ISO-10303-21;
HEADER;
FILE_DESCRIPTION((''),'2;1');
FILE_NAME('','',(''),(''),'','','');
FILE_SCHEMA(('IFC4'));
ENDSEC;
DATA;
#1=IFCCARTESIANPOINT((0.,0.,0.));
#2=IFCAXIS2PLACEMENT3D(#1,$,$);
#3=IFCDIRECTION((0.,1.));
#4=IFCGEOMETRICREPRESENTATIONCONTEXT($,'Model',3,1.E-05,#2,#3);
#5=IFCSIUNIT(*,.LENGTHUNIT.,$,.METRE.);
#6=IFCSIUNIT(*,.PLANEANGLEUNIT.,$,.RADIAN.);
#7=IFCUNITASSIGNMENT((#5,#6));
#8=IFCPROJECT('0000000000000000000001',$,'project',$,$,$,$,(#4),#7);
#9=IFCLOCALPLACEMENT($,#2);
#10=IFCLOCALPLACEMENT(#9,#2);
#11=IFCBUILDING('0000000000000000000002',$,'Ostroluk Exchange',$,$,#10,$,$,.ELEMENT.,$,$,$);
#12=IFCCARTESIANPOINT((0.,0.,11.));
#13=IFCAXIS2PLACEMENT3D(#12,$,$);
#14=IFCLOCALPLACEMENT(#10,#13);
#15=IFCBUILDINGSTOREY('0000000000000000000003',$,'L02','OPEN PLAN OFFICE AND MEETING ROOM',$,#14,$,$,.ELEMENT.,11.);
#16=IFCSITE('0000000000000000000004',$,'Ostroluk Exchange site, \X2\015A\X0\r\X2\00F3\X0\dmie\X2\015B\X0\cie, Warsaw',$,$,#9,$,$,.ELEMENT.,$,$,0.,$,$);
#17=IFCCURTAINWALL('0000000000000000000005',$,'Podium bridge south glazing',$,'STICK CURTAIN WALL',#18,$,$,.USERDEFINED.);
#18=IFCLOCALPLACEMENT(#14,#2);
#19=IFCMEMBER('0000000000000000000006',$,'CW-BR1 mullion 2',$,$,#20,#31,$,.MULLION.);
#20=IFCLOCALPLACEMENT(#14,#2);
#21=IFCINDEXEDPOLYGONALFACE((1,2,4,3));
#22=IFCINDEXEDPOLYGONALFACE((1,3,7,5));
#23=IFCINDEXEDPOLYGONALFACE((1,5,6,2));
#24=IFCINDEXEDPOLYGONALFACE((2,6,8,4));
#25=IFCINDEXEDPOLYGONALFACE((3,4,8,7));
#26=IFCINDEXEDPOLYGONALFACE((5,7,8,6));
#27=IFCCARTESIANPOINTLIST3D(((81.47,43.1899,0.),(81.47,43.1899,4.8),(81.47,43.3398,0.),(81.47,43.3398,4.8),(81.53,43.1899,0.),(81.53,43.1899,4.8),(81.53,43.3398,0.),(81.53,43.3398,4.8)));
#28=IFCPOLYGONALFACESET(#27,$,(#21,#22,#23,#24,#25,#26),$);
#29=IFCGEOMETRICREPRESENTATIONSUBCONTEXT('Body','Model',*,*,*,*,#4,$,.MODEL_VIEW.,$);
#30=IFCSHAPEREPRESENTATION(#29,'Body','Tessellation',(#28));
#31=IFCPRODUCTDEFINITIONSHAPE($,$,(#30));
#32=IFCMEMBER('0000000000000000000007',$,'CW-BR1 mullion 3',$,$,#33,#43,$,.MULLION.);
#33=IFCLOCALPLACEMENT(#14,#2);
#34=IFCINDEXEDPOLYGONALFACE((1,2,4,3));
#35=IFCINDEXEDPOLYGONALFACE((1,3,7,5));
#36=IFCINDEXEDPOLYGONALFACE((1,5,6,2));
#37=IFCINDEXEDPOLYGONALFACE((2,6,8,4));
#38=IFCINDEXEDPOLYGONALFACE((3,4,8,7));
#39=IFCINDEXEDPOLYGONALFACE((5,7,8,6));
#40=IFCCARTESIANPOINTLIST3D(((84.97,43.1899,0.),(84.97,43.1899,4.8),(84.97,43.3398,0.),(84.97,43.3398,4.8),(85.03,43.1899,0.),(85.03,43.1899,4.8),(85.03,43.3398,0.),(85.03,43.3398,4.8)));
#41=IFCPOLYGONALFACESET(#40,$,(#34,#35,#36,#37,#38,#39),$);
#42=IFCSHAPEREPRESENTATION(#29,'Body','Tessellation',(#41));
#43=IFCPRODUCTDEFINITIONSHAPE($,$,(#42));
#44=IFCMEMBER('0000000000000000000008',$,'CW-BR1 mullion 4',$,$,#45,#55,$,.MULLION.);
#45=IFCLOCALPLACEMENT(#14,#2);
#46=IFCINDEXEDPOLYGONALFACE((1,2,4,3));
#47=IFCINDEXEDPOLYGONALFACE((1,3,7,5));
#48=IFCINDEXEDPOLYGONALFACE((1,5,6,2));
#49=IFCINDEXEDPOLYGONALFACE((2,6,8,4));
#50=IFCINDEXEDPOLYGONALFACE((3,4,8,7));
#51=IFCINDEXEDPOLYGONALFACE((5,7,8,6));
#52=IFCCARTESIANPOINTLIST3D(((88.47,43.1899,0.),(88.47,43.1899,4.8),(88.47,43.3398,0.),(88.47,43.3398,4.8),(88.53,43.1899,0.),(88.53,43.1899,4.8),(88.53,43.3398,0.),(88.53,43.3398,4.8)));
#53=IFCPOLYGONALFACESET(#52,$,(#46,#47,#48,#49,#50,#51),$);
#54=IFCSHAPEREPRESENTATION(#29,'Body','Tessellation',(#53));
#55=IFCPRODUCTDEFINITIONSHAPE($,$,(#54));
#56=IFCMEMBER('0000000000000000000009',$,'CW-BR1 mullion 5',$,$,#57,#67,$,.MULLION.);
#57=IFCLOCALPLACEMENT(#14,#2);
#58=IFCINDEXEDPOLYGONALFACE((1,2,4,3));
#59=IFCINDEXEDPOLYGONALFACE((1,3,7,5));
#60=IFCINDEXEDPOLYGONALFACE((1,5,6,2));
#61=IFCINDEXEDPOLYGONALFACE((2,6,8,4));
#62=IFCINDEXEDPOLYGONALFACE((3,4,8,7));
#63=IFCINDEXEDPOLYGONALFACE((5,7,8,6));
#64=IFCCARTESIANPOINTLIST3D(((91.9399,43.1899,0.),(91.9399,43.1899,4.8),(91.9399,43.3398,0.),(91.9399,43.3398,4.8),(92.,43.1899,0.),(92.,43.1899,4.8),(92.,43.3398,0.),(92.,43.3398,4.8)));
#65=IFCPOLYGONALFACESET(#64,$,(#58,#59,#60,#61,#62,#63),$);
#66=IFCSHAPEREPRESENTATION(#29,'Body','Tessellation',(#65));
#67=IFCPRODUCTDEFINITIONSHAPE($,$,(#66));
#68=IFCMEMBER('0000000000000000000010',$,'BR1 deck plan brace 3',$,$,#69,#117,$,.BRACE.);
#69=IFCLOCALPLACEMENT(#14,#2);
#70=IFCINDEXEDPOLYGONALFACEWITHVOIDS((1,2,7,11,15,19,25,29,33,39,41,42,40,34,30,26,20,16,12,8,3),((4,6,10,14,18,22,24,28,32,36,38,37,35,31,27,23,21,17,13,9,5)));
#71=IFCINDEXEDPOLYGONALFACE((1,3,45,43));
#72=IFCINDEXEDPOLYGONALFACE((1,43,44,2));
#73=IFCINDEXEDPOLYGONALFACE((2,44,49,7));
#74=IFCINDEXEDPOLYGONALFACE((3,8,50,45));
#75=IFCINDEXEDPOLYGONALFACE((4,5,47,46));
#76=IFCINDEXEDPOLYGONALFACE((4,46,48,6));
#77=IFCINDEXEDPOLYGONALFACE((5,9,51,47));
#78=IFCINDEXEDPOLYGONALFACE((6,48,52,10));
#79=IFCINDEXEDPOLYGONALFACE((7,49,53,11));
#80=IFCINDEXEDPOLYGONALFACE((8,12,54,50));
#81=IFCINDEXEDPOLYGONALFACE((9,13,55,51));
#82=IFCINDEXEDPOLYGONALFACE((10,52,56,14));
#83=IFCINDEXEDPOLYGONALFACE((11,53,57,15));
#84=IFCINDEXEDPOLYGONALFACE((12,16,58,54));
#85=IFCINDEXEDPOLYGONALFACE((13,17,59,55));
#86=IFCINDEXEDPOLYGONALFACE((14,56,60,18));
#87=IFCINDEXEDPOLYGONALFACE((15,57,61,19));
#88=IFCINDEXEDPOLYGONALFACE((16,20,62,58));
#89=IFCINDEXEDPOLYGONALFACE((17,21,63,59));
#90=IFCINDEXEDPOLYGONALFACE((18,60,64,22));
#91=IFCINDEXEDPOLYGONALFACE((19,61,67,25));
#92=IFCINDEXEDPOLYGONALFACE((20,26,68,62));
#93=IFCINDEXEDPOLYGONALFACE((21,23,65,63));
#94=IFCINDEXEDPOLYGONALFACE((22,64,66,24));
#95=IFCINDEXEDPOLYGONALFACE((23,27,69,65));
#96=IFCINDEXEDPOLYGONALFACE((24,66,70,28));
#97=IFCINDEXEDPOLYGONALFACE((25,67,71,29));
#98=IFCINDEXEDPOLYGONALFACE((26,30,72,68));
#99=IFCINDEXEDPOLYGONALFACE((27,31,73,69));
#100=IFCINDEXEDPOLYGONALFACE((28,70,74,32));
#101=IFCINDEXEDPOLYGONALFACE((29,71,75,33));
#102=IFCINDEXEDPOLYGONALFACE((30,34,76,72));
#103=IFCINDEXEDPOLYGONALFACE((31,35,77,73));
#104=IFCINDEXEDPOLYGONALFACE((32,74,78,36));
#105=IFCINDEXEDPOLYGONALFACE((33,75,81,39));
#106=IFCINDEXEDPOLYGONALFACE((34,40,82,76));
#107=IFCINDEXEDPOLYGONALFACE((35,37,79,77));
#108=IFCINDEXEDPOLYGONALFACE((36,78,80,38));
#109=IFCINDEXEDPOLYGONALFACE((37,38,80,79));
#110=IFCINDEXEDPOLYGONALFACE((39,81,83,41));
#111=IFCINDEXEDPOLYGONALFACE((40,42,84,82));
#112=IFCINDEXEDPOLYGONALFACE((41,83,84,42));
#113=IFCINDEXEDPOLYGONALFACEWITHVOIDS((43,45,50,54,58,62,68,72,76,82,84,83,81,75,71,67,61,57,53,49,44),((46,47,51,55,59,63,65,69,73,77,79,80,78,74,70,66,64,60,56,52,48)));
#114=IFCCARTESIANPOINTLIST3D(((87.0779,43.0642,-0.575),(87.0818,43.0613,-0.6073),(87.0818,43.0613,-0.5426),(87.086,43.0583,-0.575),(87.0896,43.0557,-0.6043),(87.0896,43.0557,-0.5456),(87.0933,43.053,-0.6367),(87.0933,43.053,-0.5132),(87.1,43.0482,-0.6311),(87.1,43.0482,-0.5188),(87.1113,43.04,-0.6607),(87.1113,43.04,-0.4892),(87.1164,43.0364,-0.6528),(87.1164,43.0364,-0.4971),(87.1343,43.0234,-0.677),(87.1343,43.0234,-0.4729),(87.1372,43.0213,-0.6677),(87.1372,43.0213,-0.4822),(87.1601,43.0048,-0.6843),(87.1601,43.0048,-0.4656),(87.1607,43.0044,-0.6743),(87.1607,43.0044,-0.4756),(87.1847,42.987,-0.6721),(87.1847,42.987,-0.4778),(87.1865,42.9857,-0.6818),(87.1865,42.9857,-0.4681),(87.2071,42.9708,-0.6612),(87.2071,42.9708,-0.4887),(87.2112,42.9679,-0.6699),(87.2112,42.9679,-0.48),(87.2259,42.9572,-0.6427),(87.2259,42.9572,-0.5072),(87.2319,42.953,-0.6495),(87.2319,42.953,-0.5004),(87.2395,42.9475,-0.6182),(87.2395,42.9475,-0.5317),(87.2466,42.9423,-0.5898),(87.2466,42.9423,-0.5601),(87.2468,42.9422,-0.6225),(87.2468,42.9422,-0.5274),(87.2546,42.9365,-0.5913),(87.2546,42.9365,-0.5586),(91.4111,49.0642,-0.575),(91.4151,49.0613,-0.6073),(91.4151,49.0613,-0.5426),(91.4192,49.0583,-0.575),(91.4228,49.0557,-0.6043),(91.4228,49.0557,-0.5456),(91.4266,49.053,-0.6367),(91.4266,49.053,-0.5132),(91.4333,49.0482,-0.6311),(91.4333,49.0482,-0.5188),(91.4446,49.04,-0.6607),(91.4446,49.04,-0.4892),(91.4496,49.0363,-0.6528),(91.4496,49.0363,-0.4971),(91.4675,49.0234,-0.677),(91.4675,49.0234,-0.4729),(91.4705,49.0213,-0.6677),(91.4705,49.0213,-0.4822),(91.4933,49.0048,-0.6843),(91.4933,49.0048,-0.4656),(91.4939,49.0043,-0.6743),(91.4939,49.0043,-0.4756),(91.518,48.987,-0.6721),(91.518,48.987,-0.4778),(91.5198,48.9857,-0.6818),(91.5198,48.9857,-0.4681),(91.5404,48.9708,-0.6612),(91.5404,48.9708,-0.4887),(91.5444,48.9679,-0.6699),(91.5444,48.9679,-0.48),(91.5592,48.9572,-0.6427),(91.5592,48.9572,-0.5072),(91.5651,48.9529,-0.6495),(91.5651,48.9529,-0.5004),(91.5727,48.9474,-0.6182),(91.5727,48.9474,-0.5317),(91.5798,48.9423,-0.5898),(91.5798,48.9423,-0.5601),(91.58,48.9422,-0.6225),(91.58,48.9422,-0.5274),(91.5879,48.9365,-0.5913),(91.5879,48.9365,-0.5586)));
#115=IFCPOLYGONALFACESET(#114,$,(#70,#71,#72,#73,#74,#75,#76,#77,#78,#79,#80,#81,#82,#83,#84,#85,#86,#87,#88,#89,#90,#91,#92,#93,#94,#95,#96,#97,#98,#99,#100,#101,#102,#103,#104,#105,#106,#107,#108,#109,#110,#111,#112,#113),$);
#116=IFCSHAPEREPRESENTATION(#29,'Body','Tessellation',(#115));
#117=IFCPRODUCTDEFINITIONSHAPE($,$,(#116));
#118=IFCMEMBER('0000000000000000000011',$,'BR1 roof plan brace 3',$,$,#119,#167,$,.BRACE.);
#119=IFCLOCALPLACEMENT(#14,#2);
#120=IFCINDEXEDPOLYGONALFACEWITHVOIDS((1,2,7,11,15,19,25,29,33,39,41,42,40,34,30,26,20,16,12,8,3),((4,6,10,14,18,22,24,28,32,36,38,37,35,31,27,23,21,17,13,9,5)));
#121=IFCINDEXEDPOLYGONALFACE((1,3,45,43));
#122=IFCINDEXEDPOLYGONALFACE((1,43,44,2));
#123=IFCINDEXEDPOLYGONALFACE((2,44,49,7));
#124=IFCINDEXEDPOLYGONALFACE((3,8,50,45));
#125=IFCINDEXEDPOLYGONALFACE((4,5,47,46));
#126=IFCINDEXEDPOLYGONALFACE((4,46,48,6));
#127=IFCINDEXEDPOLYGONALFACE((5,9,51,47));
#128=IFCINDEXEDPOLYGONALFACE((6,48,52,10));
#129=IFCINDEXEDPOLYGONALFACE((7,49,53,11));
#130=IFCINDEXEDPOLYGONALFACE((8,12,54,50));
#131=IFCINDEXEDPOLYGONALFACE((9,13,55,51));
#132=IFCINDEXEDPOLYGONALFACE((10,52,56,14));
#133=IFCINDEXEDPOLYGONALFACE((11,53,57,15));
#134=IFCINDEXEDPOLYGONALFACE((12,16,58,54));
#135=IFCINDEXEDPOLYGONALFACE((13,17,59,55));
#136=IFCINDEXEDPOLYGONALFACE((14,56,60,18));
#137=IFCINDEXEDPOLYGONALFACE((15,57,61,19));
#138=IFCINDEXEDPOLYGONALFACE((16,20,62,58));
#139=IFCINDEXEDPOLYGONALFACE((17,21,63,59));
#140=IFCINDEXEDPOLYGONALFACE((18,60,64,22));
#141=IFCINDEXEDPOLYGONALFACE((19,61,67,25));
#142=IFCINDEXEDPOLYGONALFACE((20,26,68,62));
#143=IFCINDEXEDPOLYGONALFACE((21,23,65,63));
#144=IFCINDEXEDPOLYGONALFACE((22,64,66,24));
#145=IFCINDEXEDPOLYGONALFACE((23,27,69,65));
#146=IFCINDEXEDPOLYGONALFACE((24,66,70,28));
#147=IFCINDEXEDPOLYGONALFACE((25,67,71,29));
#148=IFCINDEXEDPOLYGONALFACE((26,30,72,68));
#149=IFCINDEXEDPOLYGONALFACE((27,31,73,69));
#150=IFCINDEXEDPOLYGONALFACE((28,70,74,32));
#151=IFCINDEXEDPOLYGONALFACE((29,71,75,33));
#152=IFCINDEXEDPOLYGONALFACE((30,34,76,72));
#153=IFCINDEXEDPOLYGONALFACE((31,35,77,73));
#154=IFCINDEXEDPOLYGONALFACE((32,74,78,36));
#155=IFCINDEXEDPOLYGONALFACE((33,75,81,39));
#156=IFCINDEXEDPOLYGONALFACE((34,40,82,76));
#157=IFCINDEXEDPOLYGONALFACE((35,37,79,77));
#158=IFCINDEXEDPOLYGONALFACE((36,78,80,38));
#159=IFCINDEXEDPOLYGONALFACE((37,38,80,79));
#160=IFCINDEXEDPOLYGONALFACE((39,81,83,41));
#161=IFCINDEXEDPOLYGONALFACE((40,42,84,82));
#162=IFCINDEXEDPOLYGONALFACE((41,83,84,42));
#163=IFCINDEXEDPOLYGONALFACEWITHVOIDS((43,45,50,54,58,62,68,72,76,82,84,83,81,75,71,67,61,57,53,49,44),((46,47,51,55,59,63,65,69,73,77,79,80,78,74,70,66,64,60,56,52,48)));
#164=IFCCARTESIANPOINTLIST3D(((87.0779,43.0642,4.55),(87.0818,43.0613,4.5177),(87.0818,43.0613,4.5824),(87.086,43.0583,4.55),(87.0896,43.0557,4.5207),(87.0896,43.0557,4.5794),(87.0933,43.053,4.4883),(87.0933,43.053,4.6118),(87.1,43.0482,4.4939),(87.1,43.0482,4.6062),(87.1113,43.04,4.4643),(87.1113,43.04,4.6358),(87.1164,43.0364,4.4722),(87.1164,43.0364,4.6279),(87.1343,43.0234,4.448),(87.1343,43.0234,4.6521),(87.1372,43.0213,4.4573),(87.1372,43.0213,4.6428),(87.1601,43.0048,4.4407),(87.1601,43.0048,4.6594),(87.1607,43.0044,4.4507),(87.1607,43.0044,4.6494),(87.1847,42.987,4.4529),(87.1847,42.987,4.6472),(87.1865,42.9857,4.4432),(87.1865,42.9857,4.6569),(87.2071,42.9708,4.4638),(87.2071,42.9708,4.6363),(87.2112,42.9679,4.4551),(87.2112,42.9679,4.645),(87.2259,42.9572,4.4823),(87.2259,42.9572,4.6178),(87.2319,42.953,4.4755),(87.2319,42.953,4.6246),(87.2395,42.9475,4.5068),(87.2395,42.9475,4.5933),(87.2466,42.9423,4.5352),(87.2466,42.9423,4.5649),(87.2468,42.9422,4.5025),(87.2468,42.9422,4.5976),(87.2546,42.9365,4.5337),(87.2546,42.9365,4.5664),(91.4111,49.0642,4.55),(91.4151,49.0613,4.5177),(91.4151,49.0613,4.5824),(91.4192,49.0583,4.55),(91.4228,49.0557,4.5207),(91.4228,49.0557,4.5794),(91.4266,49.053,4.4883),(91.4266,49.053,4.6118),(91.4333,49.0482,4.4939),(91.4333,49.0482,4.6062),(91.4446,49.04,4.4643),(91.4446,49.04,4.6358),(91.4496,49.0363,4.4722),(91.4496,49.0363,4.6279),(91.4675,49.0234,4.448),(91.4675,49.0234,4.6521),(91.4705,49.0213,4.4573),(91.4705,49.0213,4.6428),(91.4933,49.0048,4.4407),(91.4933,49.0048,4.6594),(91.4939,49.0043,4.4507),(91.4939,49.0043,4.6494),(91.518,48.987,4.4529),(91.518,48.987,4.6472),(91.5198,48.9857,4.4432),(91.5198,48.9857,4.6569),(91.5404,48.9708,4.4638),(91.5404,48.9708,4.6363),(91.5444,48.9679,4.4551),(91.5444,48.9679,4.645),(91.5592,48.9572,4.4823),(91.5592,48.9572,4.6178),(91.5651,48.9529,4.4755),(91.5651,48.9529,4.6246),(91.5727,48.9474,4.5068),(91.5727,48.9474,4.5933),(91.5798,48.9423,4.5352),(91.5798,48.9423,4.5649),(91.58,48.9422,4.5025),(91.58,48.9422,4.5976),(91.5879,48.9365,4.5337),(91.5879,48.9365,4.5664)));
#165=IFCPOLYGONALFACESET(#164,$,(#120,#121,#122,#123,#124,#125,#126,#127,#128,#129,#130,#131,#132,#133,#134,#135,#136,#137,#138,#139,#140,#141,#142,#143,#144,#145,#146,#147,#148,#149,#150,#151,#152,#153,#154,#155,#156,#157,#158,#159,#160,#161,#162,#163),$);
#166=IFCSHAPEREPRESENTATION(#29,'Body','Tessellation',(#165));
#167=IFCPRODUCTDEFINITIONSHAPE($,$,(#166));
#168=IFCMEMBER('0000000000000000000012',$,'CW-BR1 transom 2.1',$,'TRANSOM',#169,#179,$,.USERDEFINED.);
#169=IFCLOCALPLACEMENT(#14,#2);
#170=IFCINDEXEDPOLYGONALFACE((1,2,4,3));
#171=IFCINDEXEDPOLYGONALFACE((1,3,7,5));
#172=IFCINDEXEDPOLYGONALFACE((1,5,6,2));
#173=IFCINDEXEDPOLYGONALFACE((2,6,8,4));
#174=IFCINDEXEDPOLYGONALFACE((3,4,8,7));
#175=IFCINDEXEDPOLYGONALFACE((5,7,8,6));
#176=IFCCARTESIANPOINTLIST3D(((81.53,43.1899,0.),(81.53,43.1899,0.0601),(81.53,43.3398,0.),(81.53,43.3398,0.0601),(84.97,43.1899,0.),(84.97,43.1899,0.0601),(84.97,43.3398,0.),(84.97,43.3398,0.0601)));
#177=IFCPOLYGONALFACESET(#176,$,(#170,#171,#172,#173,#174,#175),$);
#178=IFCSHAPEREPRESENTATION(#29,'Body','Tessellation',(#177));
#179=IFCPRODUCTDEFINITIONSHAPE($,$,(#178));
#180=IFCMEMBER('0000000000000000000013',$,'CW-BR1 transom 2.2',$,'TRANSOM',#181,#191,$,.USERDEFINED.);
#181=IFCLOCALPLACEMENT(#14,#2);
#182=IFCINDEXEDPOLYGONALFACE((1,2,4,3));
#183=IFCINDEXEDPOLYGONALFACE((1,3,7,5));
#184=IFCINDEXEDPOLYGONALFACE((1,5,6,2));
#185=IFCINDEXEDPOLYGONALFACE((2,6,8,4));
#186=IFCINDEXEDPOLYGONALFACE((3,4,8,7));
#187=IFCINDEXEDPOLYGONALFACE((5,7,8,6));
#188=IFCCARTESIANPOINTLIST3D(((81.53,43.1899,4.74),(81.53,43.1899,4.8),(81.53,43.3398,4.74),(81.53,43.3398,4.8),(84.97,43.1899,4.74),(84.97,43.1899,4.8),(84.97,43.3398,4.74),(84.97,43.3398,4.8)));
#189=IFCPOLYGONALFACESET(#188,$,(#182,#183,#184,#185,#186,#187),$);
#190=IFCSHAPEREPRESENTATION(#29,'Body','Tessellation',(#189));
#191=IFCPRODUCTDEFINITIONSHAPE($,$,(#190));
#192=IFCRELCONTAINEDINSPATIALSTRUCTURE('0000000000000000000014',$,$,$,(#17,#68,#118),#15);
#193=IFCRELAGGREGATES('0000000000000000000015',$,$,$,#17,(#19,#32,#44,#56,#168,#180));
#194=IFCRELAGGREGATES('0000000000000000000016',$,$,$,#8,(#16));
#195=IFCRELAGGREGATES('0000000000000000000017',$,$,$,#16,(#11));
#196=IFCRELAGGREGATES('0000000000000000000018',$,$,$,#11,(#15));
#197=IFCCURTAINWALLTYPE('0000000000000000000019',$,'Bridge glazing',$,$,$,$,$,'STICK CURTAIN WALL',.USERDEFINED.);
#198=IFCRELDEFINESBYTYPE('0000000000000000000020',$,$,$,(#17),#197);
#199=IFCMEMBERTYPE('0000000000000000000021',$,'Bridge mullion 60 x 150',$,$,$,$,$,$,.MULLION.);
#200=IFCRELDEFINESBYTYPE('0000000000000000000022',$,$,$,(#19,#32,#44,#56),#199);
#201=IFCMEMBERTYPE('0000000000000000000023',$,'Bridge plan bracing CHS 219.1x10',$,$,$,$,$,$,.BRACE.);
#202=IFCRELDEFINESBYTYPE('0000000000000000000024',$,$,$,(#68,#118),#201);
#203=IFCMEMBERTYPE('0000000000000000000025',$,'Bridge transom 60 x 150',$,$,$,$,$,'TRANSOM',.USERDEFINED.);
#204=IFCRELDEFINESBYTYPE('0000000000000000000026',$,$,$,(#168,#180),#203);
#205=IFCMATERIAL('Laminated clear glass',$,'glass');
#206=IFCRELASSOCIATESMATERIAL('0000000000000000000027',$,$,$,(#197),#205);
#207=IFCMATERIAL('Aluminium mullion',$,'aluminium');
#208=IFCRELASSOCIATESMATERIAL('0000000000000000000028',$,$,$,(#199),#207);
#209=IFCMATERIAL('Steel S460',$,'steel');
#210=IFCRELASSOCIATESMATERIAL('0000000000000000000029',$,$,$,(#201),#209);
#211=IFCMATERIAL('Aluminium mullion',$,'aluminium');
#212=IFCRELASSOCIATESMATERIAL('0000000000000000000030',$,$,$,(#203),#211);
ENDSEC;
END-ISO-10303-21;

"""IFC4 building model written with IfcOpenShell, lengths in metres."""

from ifc_helpers import new_model, si_unit, direction, frame, origin, origin_2d, place, context, subcontext, project, spatial, rectangle, hollow_circle, extrude, material, material_profile, profile_set, type_object, element, aggregate, save


model = new_model("IFC4")

# Units and contexts
model_context = context("Model", 3, precision=1e-05, world=origin(), true_north=direction((0.0, 1.0)))
body_context = subcontext(model_context, "Body", "Model", "MODEL_VIEW")
ifc_project = project(units=[si_unit("LENGTHUNIT", "METRE"), si_unit("PLANEANGLEUNIT", "RADIAN")], contexts=[model_context])

# Site, building, storey
site_placement = place(None, origin())
site = spatial("IfcSite", under=ifc_project, at=site_placement, Name="Ostroluk Exchange site, Śródmieście, Warsaw", CompositionType="ELEMENT", RefElevation=0.0)
building_placement = place(site_placement, origin())
building = spatial("IfcBuilding", under=site, at=building_placement, Name="Ostroluk Exchange", CompositionType="ELEMENT")
storey_placement = place(building_placement, frame((0.0, 0.0, 11.0)))
storey = spatial("IfcBuildingStorey", under=building, at=storey_placement, Name="L02", Description="OPEN PLAN OFFICE AND MEETING ROOM", CompositionType="ELEMENT", Elevation=11.0)

# Curtain wall, members
ifc_material_1 = material(Name="Laminated clear glass", Category="glass")
curtain_wall_type = type_object("IfcCurtainWallType", Name="Bridge glazing", ElementType="STICK CURTAIN WALL", PredefinedType="USERDEFINED", material=ifc_material_1)
curtain_wall_placement = place(storey_placement, origin())
curtain_wall = element("IfcCurtainWall", 1, at=curtain_wall_placement, inside=storey, type_object=curtain_wall_type, Name="Podium bridge south glazing", ObjectType="STICK CURTAIN WALL", PredefinedType="USERDEFINED")
ifc_material_2 = material(Name="Aluminium mullion", Category="aluminium")
ifc_material_profile_1 = material_profile(ifc_material_2, rectangle(XDim=0.1499, YDim=0.0601, at=origin_2d()), Name="Bridge mullion 60 x 150")
ifc_profile_set_1 = profile_set([ifc_material_profile_1], Name="Aluminium mullion")
member_type_1 = type_object("IfcMemberType", Name="Bridge mullion 60 x 150", PredefinedType="MULLION", material=ifc_profile_set_1)
member_1_placement = place(storey_placement, frame((81.5, 43.2649, 0.0), z_axis=(0.0, 0.0, 1.0), x_axis=(0.0, 1.0, 0.0)))
member_1 = element("IfcMember", 2, at=member_1_placement, type_object=member_type_1, Name="CW-BR1 mullion 2", PredefinedType="MULLION", context=body_context, shape_type="SweptSolid", body=[
    extrude(rectangle(XDim=0.1499, YDim=0.0601, at=origin_2d()), origin(), (0.0, 0.0, 1.0), 4.8),
])
member_2_placement = place(storey_placement, frame((85.0, 43.2649, 0.0), z_axis=(0.0, 0.0, 1.0), x_axis=(0.0, 1.0, 0.0)))
member_2 = element("IfcMember", 3, at=member_2_placement, type_object=member_type_1, Name="CW-BR1 mullion 3", PredefinedType="MULLION", context=body_context, shape_type="SweptSolid", body=[
    extrude(rectangle(XDim=0.1499, YDim=0.0601, at=origin_2d()), origin(), (0.0, 0.0, 1.0), 4.8),
])
member_3_placement = place(storey_placement, frame((88.5, 43.2649, 0.0), z_axis=(0.0, 0.0, 1.0), x_axis=(0.0, 1.0, 0.0)))
member_3 = element("IfcMember", 4, at=member_3_placement, type_object=member_type_1, Name="CW-BR1 mullion 4", PredefinedType="MULLION", context=body_context, shape_type="SweptSolid", body=[
    extrude(rectangle(XDim=0.1499, YDim=0.0601, at=origin_2d()), origin(), (0.0, 0.0, 1.0), 4.8),
])
member_4_placement = place(storey_placement, frame((91.97, 43.2649, 0.0), z_axis=(0.0, 0.0, 1.0), x_axis=(0.0, 1.0, 0.0)))
member_4 = element("IfcMember", 5, at=member_4_placement, type_object=member_type_1, Name="CW-BR1 mullion 5", PredefinedType="MULLION", context=body_context, shape_type="SweptSolid", body=[
    extrude(rectangle(XDim=0.1499, YDim=0.0601, at=origin_2d()), origin(), (0.0, 0.0, 1.0), 4.8),
])

# Members
ifc_material_3 = material(Name="Steel S460", Category="steel")
ifc_material_profile_2 = material_profile(ifc_material_3, hollow_circle(Radius=0.1096, WallThickness=0.01, at=origin_2d()), Name="CHS 219.1x10")
ifc_profile_set_2 = profile_set([ifc_material_profile_2], Name="Steel S460")
member_type_2 = type_object("IfcMemberType", Name="Bridge plan bracing CHS 219.1x10", PredefinedType="BRACE", material=ifc_profile_set_2)
for number, where, z_axis, x_axis, name in (
    (6, (87.1667, 43.0, -0.575), (0.585483, 0.810684, 0.0), (-0.810684, 0.585483, 0.0), "BR1 deck plan brace 3"),
    (7, (87.1667, 43.0, 4.55), (0.585483, 0.810684, 0.0), (-0.810684, 0.585483, 0.0), "BR1 roof plan brace 3"),
):
    element("IfcMember", number, at=place(storey_placement, frame(where, z_axis=z_axis, x_axis=x_axis)), inside=storey, type_object=member_type_2, Name=name, PredefinedType="BRACE", context=body_context, shape_type="SweptSolid", body=[
        extrude(hollow_circle(Radius=0.1096, WallThickness=0.01, at=origin_2d()), origin(), (0.0, 0.0, 1.0), 7.4011),
    ])

# Members
ifc_material_4 = material(Name="Aluminium mullion", Category="aluminium")
ifc_material_profile_3 = material_profile(ifc_material_4, rectangle(XDim=0.1499, YDim=0.0601, at=origin_2d()), Name="Bridge transom 60 x 150")
ifc_profile_set_3 = profile_set([ifc_material_profile_3], Name="Aluminium mullion")
member_type_3 = type_object("IfcMemberType", Name="Bridge transom 60 x 150", ElementType="TRANSOM", PredefinedType="USERDEFINED", material=ifc_profile_set_3)
member_5_placement = place(storey_placement, frame((81.53, 43.2649, 0.03), z_axis=(1.0, 0.0, 0.0), x_axis=(0.0, 1.0, 0.0)))
member_5 = element("IfcMember", 8, at=member_5_placement, type_object=member_type_3, Name="CW-BR1 transom 2.1", ObjectType="TRANSOM", PredefinedType="USERDEFINED", context=body_context, shape_type="SweptSolid", body=[
    extrude(rectangle(XDim=0.1499, YDim=0.0601, at=origin_2d()), origin(), (0.0, 0.0, 1.0), 3.4399),
])
member_6_placement = place(storey_placement, frame((81.53, 43.2649, 4.77), z_axis=(1.0, 0.0, 0.0), x_axis=(0.0, 1.0, 0.0)))
member_6 = element("IfcMember", 9, at=member_6_placement, type_object=member_type_3, Name="CW-BR1 transom 2.2", ObjectType="TRANSOM", PredefinedType="USERDEFINED", context=body_context, shape_type="SweptSolid", body=[
    extrude(rectangle(XDim=0.1499, YDim=0.0601, at=origin_2d()), origin(), (0.0, 0.0, 1.0), 3.4399),
])

aggregate(curtain_wall, [member_1, member_2, member_3, member_4, member_5, member_6])

save(model, "model.ifc")
